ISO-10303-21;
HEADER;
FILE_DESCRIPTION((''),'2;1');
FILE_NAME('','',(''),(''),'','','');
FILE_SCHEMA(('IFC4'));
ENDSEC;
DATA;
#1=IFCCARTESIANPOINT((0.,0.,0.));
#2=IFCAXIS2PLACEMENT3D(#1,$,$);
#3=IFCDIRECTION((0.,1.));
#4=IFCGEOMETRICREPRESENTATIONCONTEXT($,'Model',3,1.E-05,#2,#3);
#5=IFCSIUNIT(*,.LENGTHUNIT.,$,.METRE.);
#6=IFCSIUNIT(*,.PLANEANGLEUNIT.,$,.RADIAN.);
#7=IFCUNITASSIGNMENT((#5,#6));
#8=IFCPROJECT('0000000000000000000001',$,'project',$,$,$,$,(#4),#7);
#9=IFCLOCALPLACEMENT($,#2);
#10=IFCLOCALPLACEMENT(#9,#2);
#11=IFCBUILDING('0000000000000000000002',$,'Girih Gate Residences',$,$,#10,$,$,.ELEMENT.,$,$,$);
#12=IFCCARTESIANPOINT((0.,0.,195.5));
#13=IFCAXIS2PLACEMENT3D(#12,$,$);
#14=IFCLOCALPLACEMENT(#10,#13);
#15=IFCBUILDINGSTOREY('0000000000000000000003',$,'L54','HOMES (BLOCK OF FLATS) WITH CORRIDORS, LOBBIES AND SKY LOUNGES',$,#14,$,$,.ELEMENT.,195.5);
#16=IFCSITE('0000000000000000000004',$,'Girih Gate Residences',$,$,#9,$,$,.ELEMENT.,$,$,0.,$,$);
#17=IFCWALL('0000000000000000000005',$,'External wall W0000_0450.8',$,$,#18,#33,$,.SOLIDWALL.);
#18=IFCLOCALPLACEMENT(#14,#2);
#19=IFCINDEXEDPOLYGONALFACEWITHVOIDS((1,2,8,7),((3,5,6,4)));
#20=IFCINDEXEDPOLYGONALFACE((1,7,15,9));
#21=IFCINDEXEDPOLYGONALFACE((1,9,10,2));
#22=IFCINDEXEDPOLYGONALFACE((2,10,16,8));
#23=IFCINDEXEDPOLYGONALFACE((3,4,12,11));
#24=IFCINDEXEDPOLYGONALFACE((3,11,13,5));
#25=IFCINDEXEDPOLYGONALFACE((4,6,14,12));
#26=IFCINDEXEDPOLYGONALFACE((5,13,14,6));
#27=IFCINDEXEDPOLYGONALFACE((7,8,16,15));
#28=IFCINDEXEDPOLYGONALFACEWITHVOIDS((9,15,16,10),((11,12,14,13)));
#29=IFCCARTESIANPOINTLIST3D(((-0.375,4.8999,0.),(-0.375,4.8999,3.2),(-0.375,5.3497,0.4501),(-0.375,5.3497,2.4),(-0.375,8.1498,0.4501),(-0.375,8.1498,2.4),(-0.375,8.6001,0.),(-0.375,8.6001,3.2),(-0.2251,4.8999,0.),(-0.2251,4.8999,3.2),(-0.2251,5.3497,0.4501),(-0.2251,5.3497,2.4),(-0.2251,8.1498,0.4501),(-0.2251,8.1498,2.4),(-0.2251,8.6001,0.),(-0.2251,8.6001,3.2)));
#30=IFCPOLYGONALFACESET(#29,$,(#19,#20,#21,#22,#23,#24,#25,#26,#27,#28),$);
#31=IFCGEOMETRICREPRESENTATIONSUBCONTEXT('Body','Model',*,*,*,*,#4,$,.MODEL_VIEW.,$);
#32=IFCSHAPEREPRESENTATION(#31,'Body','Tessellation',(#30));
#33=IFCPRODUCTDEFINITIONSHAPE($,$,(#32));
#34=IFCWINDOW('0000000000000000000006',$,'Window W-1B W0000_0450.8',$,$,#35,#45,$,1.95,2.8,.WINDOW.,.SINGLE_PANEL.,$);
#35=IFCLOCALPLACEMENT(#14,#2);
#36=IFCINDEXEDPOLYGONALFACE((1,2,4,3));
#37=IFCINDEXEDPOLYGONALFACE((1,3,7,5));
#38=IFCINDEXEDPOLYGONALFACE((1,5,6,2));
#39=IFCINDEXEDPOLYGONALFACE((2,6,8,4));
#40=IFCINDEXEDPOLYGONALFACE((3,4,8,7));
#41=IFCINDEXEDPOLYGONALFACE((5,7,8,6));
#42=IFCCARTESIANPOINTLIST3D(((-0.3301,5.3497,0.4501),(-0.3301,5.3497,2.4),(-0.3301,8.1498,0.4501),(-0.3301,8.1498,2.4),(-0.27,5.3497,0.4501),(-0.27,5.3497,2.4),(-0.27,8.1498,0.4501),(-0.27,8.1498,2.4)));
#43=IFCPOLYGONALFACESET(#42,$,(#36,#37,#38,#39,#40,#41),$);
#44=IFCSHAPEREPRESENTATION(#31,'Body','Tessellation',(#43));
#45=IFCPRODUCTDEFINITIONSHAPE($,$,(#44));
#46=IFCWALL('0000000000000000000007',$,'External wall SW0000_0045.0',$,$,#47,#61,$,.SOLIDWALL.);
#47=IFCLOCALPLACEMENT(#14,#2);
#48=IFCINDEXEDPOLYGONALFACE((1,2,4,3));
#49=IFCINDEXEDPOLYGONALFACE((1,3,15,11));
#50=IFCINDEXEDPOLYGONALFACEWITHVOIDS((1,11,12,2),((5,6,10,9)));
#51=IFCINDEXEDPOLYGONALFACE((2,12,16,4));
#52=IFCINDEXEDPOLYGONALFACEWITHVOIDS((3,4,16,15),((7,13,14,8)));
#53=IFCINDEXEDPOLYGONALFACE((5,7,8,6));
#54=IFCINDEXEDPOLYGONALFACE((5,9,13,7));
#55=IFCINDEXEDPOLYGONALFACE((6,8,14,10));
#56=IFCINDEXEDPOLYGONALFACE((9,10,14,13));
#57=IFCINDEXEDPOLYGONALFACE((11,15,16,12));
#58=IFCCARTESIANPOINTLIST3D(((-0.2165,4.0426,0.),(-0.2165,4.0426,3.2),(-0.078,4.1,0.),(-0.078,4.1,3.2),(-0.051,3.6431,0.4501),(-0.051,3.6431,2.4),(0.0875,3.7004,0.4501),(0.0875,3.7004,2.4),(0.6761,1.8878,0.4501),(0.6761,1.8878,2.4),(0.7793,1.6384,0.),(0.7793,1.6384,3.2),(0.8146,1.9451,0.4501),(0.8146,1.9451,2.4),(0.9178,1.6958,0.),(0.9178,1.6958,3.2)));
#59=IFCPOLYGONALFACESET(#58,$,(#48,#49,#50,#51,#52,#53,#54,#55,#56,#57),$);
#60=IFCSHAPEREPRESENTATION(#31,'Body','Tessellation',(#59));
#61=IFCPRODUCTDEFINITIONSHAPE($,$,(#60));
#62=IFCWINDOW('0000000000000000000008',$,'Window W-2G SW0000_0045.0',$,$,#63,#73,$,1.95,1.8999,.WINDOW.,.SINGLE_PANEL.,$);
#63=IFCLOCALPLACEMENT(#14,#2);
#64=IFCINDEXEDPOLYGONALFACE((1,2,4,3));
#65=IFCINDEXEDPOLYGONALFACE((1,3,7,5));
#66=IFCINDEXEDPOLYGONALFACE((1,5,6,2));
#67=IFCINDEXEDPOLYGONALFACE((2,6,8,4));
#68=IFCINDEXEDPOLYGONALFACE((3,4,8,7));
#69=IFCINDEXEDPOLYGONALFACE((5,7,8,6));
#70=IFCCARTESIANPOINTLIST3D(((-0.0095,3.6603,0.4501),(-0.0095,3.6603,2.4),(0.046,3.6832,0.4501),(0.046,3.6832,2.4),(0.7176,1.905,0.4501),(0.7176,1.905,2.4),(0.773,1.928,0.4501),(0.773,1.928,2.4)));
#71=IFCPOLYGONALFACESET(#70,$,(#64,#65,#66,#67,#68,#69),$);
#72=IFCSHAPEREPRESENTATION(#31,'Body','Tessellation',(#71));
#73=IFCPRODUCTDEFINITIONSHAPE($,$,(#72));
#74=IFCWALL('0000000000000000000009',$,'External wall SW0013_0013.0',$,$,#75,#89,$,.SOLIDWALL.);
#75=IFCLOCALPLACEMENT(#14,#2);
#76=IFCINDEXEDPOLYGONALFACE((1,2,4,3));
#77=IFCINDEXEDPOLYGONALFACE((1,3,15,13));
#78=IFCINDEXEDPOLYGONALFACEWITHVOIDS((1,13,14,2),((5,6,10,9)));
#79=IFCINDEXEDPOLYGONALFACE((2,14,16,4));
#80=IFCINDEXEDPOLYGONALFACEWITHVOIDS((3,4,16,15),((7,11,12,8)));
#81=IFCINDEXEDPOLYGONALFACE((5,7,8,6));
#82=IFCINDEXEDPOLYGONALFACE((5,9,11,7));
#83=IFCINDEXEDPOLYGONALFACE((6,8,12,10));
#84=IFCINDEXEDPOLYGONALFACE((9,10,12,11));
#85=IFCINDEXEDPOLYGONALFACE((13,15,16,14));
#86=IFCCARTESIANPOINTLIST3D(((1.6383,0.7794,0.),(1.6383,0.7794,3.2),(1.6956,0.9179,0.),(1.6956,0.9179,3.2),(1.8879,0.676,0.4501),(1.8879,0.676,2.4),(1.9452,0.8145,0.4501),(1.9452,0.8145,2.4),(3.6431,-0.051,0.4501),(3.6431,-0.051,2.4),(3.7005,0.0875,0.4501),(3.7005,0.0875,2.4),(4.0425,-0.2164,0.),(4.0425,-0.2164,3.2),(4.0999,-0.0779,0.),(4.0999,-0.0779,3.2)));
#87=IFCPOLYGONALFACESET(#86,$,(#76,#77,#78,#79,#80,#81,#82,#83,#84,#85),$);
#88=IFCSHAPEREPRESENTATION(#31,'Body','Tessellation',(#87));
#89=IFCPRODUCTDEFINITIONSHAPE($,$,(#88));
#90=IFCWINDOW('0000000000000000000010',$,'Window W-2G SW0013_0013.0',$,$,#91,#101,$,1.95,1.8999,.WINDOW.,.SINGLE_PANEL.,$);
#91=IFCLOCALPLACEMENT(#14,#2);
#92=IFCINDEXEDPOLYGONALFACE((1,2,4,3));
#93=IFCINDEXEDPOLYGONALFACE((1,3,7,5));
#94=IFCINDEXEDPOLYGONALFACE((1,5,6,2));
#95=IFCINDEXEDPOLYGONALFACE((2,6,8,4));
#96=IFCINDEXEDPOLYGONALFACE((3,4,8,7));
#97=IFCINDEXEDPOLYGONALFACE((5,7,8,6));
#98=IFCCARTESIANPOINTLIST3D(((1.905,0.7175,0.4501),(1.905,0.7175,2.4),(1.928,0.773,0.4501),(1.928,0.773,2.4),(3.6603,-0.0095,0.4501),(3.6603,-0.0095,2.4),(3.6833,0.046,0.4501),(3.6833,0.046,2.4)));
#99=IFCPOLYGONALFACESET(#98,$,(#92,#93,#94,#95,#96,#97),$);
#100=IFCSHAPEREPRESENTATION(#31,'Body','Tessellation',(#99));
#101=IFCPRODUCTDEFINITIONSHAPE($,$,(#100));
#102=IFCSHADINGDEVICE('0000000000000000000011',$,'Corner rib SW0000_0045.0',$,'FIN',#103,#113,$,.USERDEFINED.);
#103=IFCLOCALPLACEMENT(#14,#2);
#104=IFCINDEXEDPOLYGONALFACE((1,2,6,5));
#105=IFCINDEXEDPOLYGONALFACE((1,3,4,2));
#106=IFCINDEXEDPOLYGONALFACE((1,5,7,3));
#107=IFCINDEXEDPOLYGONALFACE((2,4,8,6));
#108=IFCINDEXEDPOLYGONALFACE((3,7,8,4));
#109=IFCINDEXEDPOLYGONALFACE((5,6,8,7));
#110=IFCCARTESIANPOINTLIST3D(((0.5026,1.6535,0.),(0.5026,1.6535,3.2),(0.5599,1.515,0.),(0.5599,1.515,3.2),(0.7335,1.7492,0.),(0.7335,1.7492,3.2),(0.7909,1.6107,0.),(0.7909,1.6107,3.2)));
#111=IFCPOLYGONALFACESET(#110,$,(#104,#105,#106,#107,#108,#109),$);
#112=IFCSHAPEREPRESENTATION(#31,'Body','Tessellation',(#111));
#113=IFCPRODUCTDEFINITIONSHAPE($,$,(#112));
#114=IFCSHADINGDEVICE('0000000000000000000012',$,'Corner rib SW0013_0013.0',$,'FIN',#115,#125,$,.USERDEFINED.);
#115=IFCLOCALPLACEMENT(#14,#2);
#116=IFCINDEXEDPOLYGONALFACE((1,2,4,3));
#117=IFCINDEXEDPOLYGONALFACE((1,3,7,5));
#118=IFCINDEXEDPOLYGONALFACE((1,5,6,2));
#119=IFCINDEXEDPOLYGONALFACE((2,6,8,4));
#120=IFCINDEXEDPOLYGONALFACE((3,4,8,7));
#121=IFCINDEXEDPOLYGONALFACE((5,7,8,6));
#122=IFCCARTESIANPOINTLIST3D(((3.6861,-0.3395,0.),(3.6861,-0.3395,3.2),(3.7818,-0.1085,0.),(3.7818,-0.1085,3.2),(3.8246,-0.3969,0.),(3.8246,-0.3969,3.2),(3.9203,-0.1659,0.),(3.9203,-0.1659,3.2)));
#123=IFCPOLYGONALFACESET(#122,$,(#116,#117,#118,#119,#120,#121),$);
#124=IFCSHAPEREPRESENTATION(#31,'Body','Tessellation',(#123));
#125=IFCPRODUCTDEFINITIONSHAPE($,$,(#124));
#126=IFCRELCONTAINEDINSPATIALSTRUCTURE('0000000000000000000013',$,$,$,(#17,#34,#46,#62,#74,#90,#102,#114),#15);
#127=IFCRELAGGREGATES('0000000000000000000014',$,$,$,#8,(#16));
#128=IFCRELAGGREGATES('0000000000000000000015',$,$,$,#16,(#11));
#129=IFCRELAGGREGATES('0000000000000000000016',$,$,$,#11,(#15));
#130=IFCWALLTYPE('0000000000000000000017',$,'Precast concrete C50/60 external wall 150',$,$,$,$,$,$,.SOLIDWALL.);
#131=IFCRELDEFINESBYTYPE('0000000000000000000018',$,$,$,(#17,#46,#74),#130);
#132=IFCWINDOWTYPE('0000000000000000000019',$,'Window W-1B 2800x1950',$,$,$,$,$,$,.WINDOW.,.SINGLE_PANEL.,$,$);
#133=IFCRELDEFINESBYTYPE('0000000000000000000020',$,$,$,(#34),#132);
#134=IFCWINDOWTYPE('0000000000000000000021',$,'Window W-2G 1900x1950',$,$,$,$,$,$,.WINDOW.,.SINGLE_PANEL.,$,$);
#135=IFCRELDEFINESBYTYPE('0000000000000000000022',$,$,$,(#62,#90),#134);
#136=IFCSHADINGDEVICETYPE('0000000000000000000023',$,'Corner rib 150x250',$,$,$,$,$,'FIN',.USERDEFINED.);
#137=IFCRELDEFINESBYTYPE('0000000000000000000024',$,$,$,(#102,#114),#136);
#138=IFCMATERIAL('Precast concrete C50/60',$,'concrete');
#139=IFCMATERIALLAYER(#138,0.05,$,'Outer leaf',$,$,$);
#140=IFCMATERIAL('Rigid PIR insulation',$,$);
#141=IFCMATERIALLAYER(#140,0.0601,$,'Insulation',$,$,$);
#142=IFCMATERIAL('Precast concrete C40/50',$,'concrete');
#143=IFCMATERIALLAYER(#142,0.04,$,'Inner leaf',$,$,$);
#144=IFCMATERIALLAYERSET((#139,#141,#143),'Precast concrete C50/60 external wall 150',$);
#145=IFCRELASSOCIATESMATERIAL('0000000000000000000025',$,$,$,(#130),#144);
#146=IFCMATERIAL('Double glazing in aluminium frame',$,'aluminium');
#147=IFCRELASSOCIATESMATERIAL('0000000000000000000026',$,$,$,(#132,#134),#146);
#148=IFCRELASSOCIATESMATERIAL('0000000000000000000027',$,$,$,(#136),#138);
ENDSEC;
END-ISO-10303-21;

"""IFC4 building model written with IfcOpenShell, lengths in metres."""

from ifc_helpers import new_model, si_unit, direction, frame, frame_2d, origin, origin_2d, place, context, subcontext, project, spatial, rectangle, extrude, material, layer, layer_set, type_object, element, fill, save


model = new_model("IFC4")

# Units and contexts
model_context = context("Model", 3, precision=1e-05, world=origin(), true_north=direction((0.0, 1.0)))
body_context = subcontext(model_context, "Body", "Model", "MODEL_VIEW")
ifc_project = project(units=[si_unit("LENGTHUNIT", "METRE"), si_unit("PLANEANGLEUNIT", "RADIAN")], contexts=[model_context])

# Site, building, storey
site_placement = place(None, origin())
site = spatial("IfcSite", under=ifc_project, at=site_placement, Name="Girih Gate Residences", CompositionType="ELEMENT", RefElevation=0.0)
building_placement = place(site_placement, origin())
building = spatial("IfcBuilding", under=site, at=building_placement, Name="Girih Gate Residences", CompositionType="ELEMENT")
storey_placement = place(building_placement, frame((0.0, 0.0, 195.5)))
storey = spatial("IfcBuildingStorey", under=building, at=storey_placement, Name="L54", Description="HOMES (BLOCK OF FLATS) WITH CORRIDORS, LOBBIES AND SKY LOUNGES", CompositionType="ELEMENT", Elevation=195.5)

# Walls, openings, windows
ifc_material_1 = material(Name="Precast concrete C50/60", Category="concrete")
ifc_layer_1 = layer(ifc_material_1, 0.05, Name="Outer leaf")
ifc_material_2 = material(Name="Rigid PIR insulation")
ifc_layer_2 = layer(ifc_material_2, 0.0601, Name="Insulation")
ifc_material_3 = material(Name="Precast concrete C40/50", Category="concrete")
ifc_layer_3 = layer(ifc_material_3, 0.04, Name="Inner leaf")
ifc_layer_set_1 = layer_set([ifc_layer_1, ifc_layer_2, ifc_layer_3], Name="Precast concrete C50/60 external wall 150")
wall_type = type_object("IfcWallType", Name="Precast concrete C50/60 external wall 150", PredefinedType="SOLIDWALL", material=ifc_layer_set_1)
wall_1_placement = place(storey_placement, frame((-0.3, 4.8999, 0.0), z_axis=(0.0, 0.0, 1.0), x_axis=(0.0, 1.0, 0.0)))
wall_1 = element("IfcWall", 1, at=wall_1_placement, inside=storey, type_object=wall_type, Name="External wall W0000_0450.8", PredefinedType="SOLIDWALL", context=body_context, shape_type="SweptSolid", body=[
    extrude(rectangle(XDim=3.7002, YDim=0.1499, at=frame_2d((1.8501, 0.0))), origin(), (0.0, 0.0, 1.0), 3.2),
])
opening_1_placement = place(wall_1_placement, frame((0.45, 0.0, 0.45)))
opening_1 = element("IfcOpeningElement", 2, at=opening_1_placement, cuts=wall_1, PredefinedType="OPENING", context=body_context, shape_type="SweptSolid", body=[
    extrude(rectangle(XDim=2.8, YDim=1.95, at=frame_2d((1.3999, 0.9751))), frame((0.0, 0.085, 0.0), z_axis=(0.0, -1.0, 0.0), x_axis=(1.0, 0.0, 0.0)), (0.0, 0.0, 1.0), 0.1699),
])
ifc_material_4 = material(Name="Double glazing in aluminium frame", Category="aluminium")
window_type_1 = type_object("IfcWindowType", Name="Window W-1B 2800x1950", PartitioningType="SINGLE_PANEL", PredefinedType="WINDOW", material=ifc_material_4)
window_1_placement = place(opening_1_placement, origin())
window_1 = element("IfcWindow", 3, at=window_1_placement, inside=storey, type_object=window_type_1, Name="Window W-1B W0000_0450.8", OverallHeight=1.95, OverallWidth=2.8, PartitioningType="SINGLE_PANEL", PredefinedType="WINDOW", context=body_context, shape_type="SweptSolid", body=[
    extrude(rectangle(XDim=2.8, YDim=1.95, at=frame_2d((1.3999, 0.9751))), frame((0.0, 0.03, 0.0), z_axis=(0.0, -1.0, 0.0), x_axis=(1.0, 0.0, 0.0)), (0.0, 0.0, 1.0), 0.0601),
])
fill(opening_1, window_1)
wall_2_placement = place(storey_placement, frame((0.8486, 1.667, 0.0), z_axis=(0.0, 0.0, 1.0), x_axis=(-0.382669, 0.923885, 0.0)))
wall_2 = element("IfcWall", 4, at=wall_2_placement, inside=storey, type_object=wall_type, Name="External wall SW0000_0045.0", PredefinedType="SOLIDWALL", context=body_context, shape_type="SweptSolid", body=[
    extrude(rectangle(XDim=2.6023, YDim=0.1499, at=frame_2d((1.3013, 0.0))), origin(), (0.0, 0.0, 1.0), 3.2),
])
opening_2_placement = place(wall_2_placement, frame((0.27, 0.0, 0.45)))
opening_2 = element("IfcOpeningElement", 5, at=opening_2_placement, cuts=wall_2, PredefinedType="OPENING", context=body_context, shape_type="SweptSolid", body=[
    extrude(rectangle(XDim=1.8999, YDim=1.95, at=frame_2d((0.95, 0.9751))), frame((0.0, 0.085, 0.0), z_axis=(0.0, -1.0, 0.0), x_axis=(1.0, 0.0, 0.0)), (0.0, 0.0, 1.0), 0.1699),
])
window_type_2 = type_object("IfcWindowType", Name="Window W-2G 1900x1950", PartitioningType="SINGLE_PANEL", PredefinedType="WINDOW", material=ifc_material_4)
window_2_placement = place(opening_2_placement, origin())
window_2 = element("IfcWindow", 6, at=window_2_placement, inside=storey, type_object=window_type_2, Name="Window W-2G SW0000_0045.0", OverallHeight=1.95, OverallWidth=1.8999, PartitioningType="SINGLE_PANEL", PredefinedType="WINDOW", context=body_context, shape_type="SweptSolid", body=[
    extrude(rectangle(XDim=1.8999, YDim=1.95, at=frame_2d((0.95, 0.9751))), frame((0.0, 0.03, 0.0), z_axis=(0.0, -1.0, 0.0), x_axis=(1.0, 0.0, 0.0)), (0.0, 0.0, 1.0), 0.0601),
])
fill(opening_2, window_2)
wall_3_placement = place(storey_placement, frame((4.0713, -0.1472, 0.0), z_axis=(0.0, 0.0, 1.0), x_axis=(-0.923885, 0.382669, 0.0)))
wall_3 = element("IfcWall", 7, at=wall_3_placement, inside=storey, type_object=wall_type, Name="External wall SW0013_0013.0", PredefinedType="SOLIDWALL", context=body_context, shape_type="SweptSolid", body=[
    extrude(rectangle(XDim=2.6023, YDim=0.1499, at=frame_2d((1.3013, 0.0))), origin(), (0.0, 0.0, 1.0), 3.2),
])
opening_3_placement = place(wall_3_placement, frame((0.4324, 0.0, 0.45)))
opening_3 = element("IfcOpeningElement", 8, at=opening_3_placement, cuts=wall_3, PredefinedType="OPENING", context=body_context, shape_type="SweptSolid", body=[
    extrude(rectangle(XDim=1.8999, YDim=1.95, at=frame_2d((0.95, 0.9751))), frame((0.0, 0.085, 0.0), z_axis=(0.0, -1.0, 0.0), x_axis=(1.0, 0.0, 0.0)), (0.0, 0.0, 1.0), 0.1699),
])
window_3_placement = place(opening_3_placement, origin())
window_3 = element("IfcWindow", 9, at=window_3_placement, inside=storey, type_object=window_type_2, Name="Window W-2G SW0013_0013.0", OverallHeight=1.95, OverallWidth=1.8999, PartitioningType="SINGLE_PANEL", PredefinedType="WINDOW", context=body_context, shape_type="SweptSolid", body=[
    extrude(rectangle(XDim=1.8999, YDim=1.95, at=frame_2d((0.95, 0.9751))), frame((0.0, 0.03, 0.0), z_axis=(0.0, -1.0, 0.0), x_axis=(1.0, 0.0, 0.0)), (0.0, 0.0, 1.0), 0.0601),
])
fill(opening_3, window_3)

# Shading devices
shading_device_type = type_object("IfcShadingDeviceType", Name="Corner rib 150x250", ElementType="FIN", PredefinedType="USERDEFINED", material=ifc_material_1)
for number, where, z_axis, x_axis, name in (
    (10, (0.6467, 1.6321, 0.0), (0.0, 0.0, 1.0), (0.382683, -0.92388, 0.0), "Corner rib SW0000_0045.0"),
    (11, (3.8032, -0.2527, 0.0), (0.0, 0.0, 1.0), (0.92388, -0.382683, 0.0), "Corner rib SW0013_0013.0"),
):
    element("IfcShadingDevice", number, at=place(storey_placement, frame(where, z_axis=z_axis, x_axis=x_axis)), inside=storey, type_object=shading_device_type, Name=name, ObjectType="FIN", PredefinedType="USERDEFINED", context=body_context, shape_type="SweptSolid", body=[
        extrude(rectangle(XDim=0.1499, YDim=0.25, at=origin_2d()), origin(), (0.0, 0.0, 1.0), 3.2),
    ])

save(model, "model.ifc")
